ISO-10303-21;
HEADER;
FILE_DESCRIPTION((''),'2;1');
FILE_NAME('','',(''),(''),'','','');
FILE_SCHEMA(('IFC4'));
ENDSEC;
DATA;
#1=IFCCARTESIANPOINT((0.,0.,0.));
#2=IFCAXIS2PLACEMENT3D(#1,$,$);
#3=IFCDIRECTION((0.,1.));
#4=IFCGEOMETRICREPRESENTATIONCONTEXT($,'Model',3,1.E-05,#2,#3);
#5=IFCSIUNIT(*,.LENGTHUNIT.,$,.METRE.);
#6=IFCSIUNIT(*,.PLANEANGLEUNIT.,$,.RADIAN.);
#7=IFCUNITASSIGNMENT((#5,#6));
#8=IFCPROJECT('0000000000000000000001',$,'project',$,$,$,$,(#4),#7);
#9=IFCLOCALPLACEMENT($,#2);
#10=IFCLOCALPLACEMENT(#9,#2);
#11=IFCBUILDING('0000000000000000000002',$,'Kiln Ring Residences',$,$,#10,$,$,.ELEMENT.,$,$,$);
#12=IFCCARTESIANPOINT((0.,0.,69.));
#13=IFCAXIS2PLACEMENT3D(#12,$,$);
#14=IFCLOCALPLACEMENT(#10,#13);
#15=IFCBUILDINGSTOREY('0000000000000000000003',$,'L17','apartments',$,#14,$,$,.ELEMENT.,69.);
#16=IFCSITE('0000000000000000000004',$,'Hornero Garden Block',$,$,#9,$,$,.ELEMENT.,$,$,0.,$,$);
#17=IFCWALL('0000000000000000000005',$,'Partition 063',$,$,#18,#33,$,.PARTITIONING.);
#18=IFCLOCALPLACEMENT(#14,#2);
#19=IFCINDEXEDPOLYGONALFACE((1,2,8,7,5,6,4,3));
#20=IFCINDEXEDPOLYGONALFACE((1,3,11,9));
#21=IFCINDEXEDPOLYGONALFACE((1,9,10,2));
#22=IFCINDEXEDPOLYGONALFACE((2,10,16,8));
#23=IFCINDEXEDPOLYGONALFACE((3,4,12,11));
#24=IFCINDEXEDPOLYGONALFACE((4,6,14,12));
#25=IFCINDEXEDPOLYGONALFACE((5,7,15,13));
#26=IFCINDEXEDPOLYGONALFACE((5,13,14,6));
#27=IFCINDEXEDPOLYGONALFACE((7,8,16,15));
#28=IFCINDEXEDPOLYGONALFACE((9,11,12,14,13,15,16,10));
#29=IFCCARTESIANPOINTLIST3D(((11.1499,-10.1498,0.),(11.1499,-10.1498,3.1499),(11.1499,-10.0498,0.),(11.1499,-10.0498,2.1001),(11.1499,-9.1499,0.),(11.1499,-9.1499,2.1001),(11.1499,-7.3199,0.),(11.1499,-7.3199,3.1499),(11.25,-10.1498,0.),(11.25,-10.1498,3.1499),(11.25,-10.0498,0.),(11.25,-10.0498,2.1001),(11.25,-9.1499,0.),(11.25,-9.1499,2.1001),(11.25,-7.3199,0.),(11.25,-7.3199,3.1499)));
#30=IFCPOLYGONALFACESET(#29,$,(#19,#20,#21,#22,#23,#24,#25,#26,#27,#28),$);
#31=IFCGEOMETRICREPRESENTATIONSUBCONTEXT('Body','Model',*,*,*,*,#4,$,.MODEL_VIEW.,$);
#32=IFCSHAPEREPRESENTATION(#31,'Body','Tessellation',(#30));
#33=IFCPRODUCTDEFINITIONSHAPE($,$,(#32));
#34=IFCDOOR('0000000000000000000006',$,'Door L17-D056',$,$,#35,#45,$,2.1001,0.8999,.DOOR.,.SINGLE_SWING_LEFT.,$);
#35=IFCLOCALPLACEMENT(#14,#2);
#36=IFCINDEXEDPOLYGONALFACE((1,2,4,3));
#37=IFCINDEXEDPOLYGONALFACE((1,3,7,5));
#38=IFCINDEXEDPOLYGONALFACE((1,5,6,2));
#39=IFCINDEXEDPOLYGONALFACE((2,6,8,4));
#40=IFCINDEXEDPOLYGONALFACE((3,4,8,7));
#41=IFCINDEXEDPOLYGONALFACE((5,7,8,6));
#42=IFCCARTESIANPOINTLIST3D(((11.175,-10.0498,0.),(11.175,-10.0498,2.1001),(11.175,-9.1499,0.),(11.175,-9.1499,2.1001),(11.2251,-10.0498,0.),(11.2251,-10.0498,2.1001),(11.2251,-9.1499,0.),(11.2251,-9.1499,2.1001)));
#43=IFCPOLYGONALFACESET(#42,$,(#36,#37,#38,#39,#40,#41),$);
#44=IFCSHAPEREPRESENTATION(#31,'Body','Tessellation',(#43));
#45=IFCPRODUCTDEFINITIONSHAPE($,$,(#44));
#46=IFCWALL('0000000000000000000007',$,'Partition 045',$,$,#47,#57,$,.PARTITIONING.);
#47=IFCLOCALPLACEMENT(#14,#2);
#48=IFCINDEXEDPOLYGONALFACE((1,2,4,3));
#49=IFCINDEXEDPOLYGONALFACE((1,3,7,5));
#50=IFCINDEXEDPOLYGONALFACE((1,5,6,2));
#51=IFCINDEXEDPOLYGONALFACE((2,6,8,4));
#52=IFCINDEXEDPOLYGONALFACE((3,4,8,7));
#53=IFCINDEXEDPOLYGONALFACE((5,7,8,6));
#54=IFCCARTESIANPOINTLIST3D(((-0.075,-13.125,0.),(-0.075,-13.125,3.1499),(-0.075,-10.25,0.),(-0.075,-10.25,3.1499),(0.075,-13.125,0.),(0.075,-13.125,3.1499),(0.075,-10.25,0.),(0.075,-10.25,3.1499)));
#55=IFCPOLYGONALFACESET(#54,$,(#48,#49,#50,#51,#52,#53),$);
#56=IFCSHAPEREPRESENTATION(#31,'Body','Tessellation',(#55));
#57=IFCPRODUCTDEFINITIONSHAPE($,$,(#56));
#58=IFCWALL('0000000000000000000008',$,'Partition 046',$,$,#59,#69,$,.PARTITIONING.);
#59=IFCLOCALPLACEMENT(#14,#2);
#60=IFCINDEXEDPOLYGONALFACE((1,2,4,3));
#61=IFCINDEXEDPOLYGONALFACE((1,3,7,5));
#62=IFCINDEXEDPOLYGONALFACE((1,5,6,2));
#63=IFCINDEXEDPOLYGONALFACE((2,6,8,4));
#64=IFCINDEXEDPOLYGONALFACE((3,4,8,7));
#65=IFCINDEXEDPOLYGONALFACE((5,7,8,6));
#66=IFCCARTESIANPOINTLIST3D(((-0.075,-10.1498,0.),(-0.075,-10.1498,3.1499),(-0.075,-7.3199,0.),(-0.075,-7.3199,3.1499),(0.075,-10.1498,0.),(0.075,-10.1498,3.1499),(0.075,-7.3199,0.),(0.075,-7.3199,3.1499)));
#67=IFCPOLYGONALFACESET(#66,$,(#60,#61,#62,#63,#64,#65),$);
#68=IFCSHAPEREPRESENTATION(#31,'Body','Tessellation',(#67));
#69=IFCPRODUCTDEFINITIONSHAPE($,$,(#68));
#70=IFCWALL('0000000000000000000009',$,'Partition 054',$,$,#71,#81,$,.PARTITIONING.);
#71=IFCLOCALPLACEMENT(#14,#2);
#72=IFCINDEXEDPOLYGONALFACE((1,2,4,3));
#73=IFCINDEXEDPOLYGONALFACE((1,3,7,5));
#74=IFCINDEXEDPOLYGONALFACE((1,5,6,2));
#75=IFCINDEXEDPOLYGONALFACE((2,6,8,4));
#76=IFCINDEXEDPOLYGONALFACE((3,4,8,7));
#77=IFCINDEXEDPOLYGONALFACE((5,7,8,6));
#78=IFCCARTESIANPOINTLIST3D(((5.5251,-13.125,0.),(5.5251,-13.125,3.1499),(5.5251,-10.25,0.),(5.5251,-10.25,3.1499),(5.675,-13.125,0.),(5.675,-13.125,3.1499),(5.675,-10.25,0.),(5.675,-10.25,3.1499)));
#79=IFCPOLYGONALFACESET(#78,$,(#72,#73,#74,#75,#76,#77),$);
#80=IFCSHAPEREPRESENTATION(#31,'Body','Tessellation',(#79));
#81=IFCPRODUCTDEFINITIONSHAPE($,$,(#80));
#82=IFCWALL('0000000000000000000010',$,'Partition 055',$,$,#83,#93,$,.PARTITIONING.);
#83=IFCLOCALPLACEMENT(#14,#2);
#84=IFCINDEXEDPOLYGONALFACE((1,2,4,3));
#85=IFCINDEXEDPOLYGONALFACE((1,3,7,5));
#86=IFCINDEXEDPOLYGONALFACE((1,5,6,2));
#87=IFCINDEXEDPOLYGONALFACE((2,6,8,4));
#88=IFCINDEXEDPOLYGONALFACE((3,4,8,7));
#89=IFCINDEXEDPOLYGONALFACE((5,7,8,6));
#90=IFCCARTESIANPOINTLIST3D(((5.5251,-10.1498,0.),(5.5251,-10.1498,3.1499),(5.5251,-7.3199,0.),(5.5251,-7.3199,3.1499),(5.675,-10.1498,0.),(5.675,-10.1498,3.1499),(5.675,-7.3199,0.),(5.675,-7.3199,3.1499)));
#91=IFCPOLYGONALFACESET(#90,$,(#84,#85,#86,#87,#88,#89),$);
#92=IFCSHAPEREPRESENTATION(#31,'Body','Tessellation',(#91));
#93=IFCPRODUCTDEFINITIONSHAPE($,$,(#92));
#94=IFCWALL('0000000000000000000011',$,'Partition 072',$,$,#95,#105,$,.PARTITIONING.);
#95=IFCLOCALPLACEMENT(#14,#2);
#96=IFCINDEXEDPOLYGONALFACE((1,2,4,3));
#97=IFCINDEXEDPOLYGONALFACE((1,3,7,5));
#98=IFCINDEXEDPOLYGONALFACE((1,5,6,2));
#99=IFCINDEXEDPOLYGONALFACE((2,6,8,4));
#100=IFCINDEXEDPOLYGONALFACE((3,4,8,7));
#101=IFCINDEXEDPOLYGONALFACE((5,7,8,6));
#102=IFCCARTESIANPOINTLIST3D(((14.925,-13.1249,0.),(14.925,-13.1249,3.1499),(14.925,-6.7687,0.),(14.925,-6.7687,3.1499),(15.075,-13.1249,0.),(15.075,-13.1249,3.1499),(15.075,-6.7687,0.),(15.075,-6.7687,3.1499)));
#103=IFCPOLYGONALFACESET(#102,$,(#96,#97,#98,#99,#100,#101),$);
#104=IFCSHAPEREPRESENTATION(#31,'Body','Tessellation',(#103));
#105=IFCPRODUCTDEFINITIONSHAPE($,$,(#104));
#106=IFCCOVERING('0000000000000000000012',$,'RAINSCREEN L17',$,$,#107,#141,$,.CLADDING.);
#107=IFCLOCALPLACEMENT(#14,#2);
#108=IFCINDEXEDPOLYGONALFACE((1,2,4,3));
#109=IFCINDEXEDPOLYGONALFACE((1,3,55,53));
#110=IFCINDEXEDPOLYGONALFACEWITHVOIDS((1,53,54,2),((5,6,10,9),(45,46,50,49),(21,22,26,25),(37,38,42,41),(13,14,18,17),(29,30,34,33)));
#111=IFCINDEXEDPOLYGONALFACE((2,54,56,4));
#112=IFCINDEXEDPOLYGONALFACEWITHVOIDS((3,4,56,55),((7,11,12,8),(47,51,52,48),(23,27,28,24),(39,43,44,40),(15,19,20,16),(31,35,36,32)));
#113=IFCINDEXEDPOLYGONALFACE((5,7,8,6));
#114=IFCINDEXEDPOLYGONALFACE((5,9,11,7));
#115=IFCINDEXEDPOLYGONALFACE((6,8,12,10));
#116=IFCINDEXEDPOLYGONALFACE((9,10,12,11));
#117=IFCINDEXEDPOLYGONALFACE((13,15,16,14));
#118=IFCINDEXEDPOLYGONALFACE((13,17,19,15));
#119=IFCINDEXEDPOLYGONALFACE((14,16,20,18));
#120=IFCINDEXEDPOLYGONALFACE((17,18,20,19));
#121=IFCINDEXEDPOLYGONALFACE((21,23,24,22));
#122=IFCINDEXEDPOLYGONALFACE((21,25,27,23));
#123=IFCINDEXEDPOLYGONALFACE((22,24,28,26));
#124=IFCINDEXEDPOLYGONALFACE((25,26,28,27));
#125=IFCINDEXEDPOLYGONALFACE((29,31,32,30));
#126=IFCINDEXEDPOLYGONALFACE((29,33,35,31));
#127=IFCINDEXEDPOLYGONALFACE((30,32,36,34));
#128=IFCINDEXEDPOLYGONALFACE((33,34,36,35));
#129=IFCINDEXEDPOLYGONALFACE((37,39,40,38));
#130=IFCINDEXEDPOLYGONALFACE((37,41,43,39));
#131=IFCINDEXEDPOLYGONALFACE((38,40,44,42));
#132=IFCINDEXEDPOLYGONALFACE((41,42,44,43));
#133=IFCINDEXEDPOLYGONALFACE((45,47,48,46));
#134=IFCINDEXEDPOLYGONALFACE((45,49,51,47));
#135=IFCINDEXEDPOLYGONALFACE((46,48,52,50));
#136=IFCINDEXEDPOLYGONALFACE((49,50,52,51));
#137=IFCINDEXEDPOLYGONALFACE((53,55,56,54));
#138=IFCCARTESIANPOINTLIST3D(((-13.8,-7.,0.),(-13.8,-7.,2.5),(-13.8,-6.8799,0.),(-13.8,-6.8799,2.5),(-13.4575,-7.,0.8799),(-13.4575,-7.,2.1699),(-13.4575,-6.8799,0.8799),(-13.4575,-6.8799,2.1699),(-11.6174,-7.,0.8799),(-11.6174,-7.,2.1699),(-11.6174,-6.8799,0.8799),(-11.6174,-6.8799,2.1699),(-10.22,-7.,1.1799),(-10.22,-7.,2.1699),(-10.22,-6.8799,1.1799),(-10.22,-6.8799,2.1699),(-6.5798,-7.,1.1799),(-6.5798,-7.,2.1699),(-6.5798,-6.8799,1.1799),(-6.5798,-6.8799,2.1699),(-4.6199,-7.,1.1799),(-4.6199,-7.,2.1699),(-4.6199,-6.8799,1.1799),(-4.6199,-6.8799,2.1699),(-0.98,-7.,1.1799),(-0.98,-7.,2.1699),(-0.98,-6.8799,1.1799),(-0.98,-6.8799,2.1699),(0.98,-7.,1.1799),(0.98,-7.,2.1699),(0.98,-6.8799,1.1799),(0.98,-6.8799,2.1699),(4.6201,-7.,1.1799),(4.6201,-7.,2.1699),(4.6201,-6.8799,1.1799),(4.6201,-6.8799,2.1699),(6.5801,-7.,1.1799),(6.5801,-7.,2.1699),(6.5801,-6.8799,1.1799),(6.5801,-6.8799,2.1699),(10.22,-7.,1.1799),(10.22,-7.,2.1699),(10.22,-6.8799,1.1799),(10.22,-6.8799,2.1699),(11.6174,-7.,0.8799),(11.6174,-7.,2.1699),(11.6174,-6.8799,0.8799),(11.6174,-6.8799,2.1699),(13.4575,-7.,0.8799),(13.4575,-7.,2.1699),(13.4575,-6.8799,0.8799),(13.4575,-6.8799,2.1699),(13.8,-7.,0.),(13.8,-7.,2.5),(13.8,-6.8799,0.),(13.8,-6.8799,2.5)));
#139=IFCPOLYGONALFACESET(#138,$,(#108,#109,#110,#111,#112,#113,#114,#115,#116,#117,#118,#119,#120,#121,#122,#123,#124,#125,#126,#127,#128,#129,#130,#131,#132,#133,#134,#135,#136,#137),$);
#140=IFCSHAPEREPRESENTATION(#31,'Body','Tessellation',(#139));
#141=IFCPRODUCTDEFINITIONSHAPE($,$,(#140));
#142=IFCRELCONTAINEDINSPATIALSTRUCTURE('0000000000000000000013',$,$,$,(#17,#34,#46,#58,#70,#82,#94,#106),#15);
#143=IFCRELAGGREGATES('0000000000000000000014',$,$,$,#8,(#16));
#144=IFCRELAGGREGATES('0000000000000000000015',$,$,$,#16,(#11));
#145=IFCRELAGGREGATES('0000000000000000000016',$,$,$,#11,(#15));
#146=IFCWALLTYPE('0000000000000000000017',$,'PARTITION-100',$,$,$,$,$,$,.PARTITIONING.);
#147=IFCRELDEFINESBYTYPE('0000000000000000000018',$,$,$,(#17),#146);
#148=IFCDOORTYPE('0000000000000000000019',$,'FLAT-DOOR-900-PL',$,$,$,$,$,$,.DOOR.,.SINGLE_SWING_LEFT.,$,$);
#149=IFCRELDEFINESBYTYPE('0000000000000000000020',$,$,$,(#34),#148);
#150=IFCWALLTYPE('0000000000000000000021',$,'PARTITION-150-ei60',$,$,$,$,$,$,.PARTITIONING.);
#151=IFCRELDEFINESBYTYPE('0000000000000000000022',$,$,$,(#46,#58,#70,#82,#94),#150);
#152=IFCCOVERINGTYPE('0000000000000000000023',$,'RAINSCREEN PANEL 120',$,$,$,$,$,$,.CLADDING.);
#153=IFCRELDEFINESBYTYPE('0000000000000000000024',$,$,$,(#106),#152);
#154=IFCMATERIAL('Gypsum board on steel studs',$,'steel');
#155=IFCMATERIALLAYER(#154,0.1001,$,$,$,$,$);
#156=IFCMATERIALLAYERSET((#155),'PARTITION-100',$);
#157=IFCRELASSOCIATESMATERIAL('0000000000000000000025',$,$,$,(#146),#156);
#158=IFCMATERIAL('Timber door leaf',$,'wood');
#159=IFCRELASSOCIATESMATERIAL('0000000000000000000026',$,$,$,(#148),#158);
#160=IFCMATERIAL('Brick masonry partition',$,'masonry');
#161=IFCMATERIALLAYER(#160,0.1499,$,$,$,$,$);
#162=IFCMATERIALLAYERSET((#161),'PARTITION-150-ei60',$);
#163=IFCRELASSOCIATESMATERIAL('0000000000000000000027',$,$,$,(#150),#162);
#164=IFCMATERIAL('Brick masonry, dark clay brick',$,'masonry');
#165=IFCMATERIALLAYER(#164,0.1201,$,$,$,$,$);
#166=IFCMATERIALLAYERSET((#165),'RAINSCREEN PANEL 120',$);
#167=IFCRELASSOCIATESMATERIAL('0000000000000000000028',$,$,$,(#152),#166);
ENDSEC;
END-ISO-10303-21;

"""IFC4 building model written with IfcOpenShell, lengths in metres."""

from ifc_helpers import new_model, si_unit, direction, frame, frame_2d, origin, place, context, subcontext, project, spatial, polyline, rectangle, outline, extrude, material, layer, layer_set, type_object, element, fill, save


model = new_model("IFC4")

# Units and contexts
model_context = context("Model", 3, precision=1e-05, world=origin(), true_north=direction((0.0, 1.0)))
body_context = subcontext(model_context, "Body", "Model", "MODEL_VIEW")
ifc_project = project(units=[si_unit("LENGTHUNIT", "METRE"), si_unit("PLANEANGLEUNIT", "RADIAN")], contexts=[model_context])

# Site, building, storey
site_placement = place(None, origin())
site = spatial("IfcSite", under=ifc_project, at=site_placement, Name="Hornero Garden Block", CompositionType="ELEMENT", RefElevation=0.0)
building_placement = place(site_placement, origin())
building = spatial("IfcBuilding", under=site, at=building_placement, Name="Kiln Ring Residences", CompositionType="ELEMENT")
storey_placement = place(building_placement, frame((0.0, 0.0, 69.0)))
storey = spatial("IfcBuildingStorey", under=building, at=storey_placement, Name="L17", Description="apartments", CompositionType="ELEMENT", Elevation=69.0)

# Shared definitions
ifc_material_1 = material(Name="Gypsum board on steel studs", Category="steel")
ifc_layer_1 = layer(ifc_material_1, 0.1001)
ifc_layer_set_1 = layer_set([ifc_layer_1], Name="PARTITION-100")
wall_type_1 = type_object("IfcWallType", Name="PARTITION-100", PredefinedType="PARTITIONING", material=ifc_layer_set_1)

# Wall, opening, door
wall_1_placement = place(storey_placement, frame((11.2, -10.1499, 0.0), z_axis=(0.0, 0.0, 1.0), x_axis=(0.0, 1.0, 0.0)))
wall_1 = element("IfcWall", 1, at=wall_1_placement, inside=storey, type_object=wall_type_1, Name="Partition 063", PredefinedType="PARTITIONING", context=body_context, shape_type="SweptSolid", body=[
    extrude(rectangle(XDim=2.8298, YDim=0.1001, at=frame_2d((1.415, 0.0))), origin(), (0.0, 0.0, 1.0), 3.1499),
])
opening_1_placement = place(wall_1_placement, frame((0.1001, 0.0, 0.0)))
opening_1 = element("IfcOpeningElement", 2, at=opening_1_placement, cuts=wall_1, PredefinedType="OPENING", context=body_context, shape_type="SweptSolid", body=[
    extrude(rectangle(XDim=0.8999, YDim=2.1001, at=frame_2d((0.45, 1.05))), frame((0.0, 0.0601, 0.0), z_axis=(0.0, -1.0, 0.0), x_axis=(1.0, 0.0, 0.0)), (0.0, 0.0, 1.0), 0.1201),
])
ifc_material_2 = material(Name="Timber door leaf", Category="wood")
door_type = type_object("IfcDoorType", Name="FLAT-DOOR-900-PL", OperationType="SINGLE_SWING_LEFT", PredefinedType="DOOR", material=ifc_material_2)
door_placement = place(opening_1_placement, origin())
door = element("IfcDoor", 3, at=door_placement, inside=storey, type_object=door_type, Name="Door L17-D056", OperationType="SINGLE_SWING_LEFT", OverallHeight=2.1001, OverallWidth=0.8999, PredefinedType="DOOR", context=body_context, shape_type="SweptSolid", body=[
    extrude(rectangle(XDim=0.8999, YDim=2.1001, at=frame_2d((0.45, 1.05))), frame((0.0, 0.0249, 0.0), z_axis=(0.0, -1.0, 0.0), x_axis=(1.0, 0.0, 0.0)), (0.0, 0.0, 1.0), 0.05),
])
fill(opening_1, door)

# Walls
ifc_material_3 = material(Name="Brick masonry partition", Category="masonry")
ifc_layer_2 = layer(ifc_material_3, 0.1499)
ifc_layer_set_2 = layer_set([ifc_layer_2], Name="PARTITION-150-ei60")
wall_type_2 = type_object("IfcWallType", Name="PARTITION-150-ei60", PredefinedType="PARTITIONING", material=ifc_layer_set_2)
wall_2_placement = place(storey_placement, frame((0.0, -13.125, 0.0), z_axis=(0.0, 0.0, 1.0), x_axis=(0.0, 1.0, 0.0)))
element("IfcWall", 4, at=wall_2_placement, inside=storey, type_object=wall_type_2, Name="Partition 045", PredefinedType="PARTITIONING", context=body_context, shape_type="SweptSolid", body=[
    extrude(rectangle(XDim=2.875, YDim=0.1499, at=frame_2d((1.4375, 0.0))), origin(), (0.0, 0.0, 1.0), 3.1499),
])
wall_3_placement = place(storey_placement, frame((0.0, -10.1499, 0.0), z_axis=(0.0, 0.0, 1.0), x_axis=(0.0, 1.0, 0.0)))
element("IfcWall", 5, at=wall_3_placement, inside=storey, type_object=wall_type_2, Name="Partition 046", PredefinedType="PARTITIONING", context=body_context, shape_type="SweptSolid", body=[
    extrude(rectangle(XDim=2.8298, YDim=0.1499, at=frame_2d((1.415, 0.0))), origin(), (0.0, 0.0, 1.0), 3.1499),
])
wall_4_placement = place(storey_placement, frame((5.6001, -13.125, 0.0), z_axis=(0.0, 0.0, 1.0), x_axis=(0.0, 1.0, 0.0)))
element("IfcWall", 6, at=wall_4_placement, inside=storey, type_object=wall_type_2, Name="Partition 054", PredefinedType="PARTITIONING", context=body_context, shape_type="SweptSolid", body=[
    extrude(rectangle(XDim=2.875, YDim=0.1499, at=frame_2d((1.4375, 0.0))), origin(), (0.0, 0.0, 1.0), 3.1499),
])
wall_5_placement = place(storey_placement, frame((5.6001, -10.1499, 0.0), z_axis=(0.0, 0.0, 1.0), x_axis=(0.0, 1.0, 0.0)))
element("IfcWall", 7, at=wall_5_placement, inside=storey, type_object=wall_type_2, Name="Partition 055", PredefinedType="PARTITIONING", context=body_context, shape_type="SweptSolid", body=[
    extrude(rectangle(XDim=2.8298, YDim=0.1499, at=frame_2d((1.415, 0.0))), origin(), (0.0, 0.0, 1.0), 3.1499),
])
wall_6_placement = place(storey_placement, frame((15.0, -13.125, 0.0), z_axis=(0.0, 0.0, 1.0), x_axis=(0.0, 1.0, 0.0)))
element("IfcWall", 8, at=wall_6_placement, inside=storey, type_object=wall_type_2, Name="Partition 072", PredefinedType="PARTITIONING", context=body_context, shape_type="SweptSolid", body=[
    extrude(rectangle(XDim=6.3562, YDim=0.1499, at=frame_2d((3.1782, 0.0))), origin(), (0.0, 0.0, 1.0), 3.1499),
])

# Covering
ifc_material_4 = material(Name="Brick masonry, dark clay brick", Category="masonry")
ifc_layer_3 = layer(ifc_material_4, 0.1201)
ifc_layer_set_3 = layer_set([ifc_layer_3], Name="RAINSCREEN PANEL 120")
covering_type_1 = type_object("IfcCoveringType", Name="RAINSCREEN PANEL 120", PredefinedType="CLADDING", material=ifc_layer_set_3)
covering_1_placement = place(storey_placement, frame((13.8, -6.9399, 0.0), z_axis=(0.0, 0.0, 1.0), x_axis=(-1.0, 0.0, 0.0)))
element("IfcCovering", 9, at=covering_1_placement, inside=storey, type_object=covering_type_1, Name="RAINSCREEN L17", PredefinedType="CLADDING", context=body_context, shape_type="SweptSolid", body=[
    extrude(outline(polyline([(0.0, 0.0), (27.6001, 0.0), (27.6001, 2.5), (0.0, 2.5), (0.0, 0.0)]), holes=[polyline([(2.1826, 0.8799), (2.1826, 2.1699), (0.3425, 2.1699), (0.3425, 0.8799), (2.1826, 0.8799)]), polyline([(25.4175, 0.8799), (27.2576, 0.8799), (27.2576, 2.1699), (25.4175, 2.1699), (25.4175, 0.8799)]), polyline([(3.5801, 1.1799), (7.22, 1.1799), (7.22, 2.1699), (3.5801, 2.1699), (3.5801, 1.1799)]), polyline([(12.8201, 1.1799), (12.8201, 2.1699), (9.1799, 2.1699), (9.1799, 1.1799), (12.8201, 1.1799)]), polyline([(14.78, 1.1799), (18.4199, 1.1799), (18.4199, 2.1699), (14.78, 2.1699), (14.78, 1.1799)]), polyline([(20.3799, 1.1799), (24.02, 1.1799), (24.02, 2.1699), (20.3799, 2.1699), (20.3799, 1.1799)])]), frame((0.0, 0.0601, 0.0), z_axis=(0.0, -1.0, 0.0), x_axis=(1.0, 0.0, 0.0)), (0.0, 0.0, 1.0), 0.1201),
])

save(model, "model.ifc")
